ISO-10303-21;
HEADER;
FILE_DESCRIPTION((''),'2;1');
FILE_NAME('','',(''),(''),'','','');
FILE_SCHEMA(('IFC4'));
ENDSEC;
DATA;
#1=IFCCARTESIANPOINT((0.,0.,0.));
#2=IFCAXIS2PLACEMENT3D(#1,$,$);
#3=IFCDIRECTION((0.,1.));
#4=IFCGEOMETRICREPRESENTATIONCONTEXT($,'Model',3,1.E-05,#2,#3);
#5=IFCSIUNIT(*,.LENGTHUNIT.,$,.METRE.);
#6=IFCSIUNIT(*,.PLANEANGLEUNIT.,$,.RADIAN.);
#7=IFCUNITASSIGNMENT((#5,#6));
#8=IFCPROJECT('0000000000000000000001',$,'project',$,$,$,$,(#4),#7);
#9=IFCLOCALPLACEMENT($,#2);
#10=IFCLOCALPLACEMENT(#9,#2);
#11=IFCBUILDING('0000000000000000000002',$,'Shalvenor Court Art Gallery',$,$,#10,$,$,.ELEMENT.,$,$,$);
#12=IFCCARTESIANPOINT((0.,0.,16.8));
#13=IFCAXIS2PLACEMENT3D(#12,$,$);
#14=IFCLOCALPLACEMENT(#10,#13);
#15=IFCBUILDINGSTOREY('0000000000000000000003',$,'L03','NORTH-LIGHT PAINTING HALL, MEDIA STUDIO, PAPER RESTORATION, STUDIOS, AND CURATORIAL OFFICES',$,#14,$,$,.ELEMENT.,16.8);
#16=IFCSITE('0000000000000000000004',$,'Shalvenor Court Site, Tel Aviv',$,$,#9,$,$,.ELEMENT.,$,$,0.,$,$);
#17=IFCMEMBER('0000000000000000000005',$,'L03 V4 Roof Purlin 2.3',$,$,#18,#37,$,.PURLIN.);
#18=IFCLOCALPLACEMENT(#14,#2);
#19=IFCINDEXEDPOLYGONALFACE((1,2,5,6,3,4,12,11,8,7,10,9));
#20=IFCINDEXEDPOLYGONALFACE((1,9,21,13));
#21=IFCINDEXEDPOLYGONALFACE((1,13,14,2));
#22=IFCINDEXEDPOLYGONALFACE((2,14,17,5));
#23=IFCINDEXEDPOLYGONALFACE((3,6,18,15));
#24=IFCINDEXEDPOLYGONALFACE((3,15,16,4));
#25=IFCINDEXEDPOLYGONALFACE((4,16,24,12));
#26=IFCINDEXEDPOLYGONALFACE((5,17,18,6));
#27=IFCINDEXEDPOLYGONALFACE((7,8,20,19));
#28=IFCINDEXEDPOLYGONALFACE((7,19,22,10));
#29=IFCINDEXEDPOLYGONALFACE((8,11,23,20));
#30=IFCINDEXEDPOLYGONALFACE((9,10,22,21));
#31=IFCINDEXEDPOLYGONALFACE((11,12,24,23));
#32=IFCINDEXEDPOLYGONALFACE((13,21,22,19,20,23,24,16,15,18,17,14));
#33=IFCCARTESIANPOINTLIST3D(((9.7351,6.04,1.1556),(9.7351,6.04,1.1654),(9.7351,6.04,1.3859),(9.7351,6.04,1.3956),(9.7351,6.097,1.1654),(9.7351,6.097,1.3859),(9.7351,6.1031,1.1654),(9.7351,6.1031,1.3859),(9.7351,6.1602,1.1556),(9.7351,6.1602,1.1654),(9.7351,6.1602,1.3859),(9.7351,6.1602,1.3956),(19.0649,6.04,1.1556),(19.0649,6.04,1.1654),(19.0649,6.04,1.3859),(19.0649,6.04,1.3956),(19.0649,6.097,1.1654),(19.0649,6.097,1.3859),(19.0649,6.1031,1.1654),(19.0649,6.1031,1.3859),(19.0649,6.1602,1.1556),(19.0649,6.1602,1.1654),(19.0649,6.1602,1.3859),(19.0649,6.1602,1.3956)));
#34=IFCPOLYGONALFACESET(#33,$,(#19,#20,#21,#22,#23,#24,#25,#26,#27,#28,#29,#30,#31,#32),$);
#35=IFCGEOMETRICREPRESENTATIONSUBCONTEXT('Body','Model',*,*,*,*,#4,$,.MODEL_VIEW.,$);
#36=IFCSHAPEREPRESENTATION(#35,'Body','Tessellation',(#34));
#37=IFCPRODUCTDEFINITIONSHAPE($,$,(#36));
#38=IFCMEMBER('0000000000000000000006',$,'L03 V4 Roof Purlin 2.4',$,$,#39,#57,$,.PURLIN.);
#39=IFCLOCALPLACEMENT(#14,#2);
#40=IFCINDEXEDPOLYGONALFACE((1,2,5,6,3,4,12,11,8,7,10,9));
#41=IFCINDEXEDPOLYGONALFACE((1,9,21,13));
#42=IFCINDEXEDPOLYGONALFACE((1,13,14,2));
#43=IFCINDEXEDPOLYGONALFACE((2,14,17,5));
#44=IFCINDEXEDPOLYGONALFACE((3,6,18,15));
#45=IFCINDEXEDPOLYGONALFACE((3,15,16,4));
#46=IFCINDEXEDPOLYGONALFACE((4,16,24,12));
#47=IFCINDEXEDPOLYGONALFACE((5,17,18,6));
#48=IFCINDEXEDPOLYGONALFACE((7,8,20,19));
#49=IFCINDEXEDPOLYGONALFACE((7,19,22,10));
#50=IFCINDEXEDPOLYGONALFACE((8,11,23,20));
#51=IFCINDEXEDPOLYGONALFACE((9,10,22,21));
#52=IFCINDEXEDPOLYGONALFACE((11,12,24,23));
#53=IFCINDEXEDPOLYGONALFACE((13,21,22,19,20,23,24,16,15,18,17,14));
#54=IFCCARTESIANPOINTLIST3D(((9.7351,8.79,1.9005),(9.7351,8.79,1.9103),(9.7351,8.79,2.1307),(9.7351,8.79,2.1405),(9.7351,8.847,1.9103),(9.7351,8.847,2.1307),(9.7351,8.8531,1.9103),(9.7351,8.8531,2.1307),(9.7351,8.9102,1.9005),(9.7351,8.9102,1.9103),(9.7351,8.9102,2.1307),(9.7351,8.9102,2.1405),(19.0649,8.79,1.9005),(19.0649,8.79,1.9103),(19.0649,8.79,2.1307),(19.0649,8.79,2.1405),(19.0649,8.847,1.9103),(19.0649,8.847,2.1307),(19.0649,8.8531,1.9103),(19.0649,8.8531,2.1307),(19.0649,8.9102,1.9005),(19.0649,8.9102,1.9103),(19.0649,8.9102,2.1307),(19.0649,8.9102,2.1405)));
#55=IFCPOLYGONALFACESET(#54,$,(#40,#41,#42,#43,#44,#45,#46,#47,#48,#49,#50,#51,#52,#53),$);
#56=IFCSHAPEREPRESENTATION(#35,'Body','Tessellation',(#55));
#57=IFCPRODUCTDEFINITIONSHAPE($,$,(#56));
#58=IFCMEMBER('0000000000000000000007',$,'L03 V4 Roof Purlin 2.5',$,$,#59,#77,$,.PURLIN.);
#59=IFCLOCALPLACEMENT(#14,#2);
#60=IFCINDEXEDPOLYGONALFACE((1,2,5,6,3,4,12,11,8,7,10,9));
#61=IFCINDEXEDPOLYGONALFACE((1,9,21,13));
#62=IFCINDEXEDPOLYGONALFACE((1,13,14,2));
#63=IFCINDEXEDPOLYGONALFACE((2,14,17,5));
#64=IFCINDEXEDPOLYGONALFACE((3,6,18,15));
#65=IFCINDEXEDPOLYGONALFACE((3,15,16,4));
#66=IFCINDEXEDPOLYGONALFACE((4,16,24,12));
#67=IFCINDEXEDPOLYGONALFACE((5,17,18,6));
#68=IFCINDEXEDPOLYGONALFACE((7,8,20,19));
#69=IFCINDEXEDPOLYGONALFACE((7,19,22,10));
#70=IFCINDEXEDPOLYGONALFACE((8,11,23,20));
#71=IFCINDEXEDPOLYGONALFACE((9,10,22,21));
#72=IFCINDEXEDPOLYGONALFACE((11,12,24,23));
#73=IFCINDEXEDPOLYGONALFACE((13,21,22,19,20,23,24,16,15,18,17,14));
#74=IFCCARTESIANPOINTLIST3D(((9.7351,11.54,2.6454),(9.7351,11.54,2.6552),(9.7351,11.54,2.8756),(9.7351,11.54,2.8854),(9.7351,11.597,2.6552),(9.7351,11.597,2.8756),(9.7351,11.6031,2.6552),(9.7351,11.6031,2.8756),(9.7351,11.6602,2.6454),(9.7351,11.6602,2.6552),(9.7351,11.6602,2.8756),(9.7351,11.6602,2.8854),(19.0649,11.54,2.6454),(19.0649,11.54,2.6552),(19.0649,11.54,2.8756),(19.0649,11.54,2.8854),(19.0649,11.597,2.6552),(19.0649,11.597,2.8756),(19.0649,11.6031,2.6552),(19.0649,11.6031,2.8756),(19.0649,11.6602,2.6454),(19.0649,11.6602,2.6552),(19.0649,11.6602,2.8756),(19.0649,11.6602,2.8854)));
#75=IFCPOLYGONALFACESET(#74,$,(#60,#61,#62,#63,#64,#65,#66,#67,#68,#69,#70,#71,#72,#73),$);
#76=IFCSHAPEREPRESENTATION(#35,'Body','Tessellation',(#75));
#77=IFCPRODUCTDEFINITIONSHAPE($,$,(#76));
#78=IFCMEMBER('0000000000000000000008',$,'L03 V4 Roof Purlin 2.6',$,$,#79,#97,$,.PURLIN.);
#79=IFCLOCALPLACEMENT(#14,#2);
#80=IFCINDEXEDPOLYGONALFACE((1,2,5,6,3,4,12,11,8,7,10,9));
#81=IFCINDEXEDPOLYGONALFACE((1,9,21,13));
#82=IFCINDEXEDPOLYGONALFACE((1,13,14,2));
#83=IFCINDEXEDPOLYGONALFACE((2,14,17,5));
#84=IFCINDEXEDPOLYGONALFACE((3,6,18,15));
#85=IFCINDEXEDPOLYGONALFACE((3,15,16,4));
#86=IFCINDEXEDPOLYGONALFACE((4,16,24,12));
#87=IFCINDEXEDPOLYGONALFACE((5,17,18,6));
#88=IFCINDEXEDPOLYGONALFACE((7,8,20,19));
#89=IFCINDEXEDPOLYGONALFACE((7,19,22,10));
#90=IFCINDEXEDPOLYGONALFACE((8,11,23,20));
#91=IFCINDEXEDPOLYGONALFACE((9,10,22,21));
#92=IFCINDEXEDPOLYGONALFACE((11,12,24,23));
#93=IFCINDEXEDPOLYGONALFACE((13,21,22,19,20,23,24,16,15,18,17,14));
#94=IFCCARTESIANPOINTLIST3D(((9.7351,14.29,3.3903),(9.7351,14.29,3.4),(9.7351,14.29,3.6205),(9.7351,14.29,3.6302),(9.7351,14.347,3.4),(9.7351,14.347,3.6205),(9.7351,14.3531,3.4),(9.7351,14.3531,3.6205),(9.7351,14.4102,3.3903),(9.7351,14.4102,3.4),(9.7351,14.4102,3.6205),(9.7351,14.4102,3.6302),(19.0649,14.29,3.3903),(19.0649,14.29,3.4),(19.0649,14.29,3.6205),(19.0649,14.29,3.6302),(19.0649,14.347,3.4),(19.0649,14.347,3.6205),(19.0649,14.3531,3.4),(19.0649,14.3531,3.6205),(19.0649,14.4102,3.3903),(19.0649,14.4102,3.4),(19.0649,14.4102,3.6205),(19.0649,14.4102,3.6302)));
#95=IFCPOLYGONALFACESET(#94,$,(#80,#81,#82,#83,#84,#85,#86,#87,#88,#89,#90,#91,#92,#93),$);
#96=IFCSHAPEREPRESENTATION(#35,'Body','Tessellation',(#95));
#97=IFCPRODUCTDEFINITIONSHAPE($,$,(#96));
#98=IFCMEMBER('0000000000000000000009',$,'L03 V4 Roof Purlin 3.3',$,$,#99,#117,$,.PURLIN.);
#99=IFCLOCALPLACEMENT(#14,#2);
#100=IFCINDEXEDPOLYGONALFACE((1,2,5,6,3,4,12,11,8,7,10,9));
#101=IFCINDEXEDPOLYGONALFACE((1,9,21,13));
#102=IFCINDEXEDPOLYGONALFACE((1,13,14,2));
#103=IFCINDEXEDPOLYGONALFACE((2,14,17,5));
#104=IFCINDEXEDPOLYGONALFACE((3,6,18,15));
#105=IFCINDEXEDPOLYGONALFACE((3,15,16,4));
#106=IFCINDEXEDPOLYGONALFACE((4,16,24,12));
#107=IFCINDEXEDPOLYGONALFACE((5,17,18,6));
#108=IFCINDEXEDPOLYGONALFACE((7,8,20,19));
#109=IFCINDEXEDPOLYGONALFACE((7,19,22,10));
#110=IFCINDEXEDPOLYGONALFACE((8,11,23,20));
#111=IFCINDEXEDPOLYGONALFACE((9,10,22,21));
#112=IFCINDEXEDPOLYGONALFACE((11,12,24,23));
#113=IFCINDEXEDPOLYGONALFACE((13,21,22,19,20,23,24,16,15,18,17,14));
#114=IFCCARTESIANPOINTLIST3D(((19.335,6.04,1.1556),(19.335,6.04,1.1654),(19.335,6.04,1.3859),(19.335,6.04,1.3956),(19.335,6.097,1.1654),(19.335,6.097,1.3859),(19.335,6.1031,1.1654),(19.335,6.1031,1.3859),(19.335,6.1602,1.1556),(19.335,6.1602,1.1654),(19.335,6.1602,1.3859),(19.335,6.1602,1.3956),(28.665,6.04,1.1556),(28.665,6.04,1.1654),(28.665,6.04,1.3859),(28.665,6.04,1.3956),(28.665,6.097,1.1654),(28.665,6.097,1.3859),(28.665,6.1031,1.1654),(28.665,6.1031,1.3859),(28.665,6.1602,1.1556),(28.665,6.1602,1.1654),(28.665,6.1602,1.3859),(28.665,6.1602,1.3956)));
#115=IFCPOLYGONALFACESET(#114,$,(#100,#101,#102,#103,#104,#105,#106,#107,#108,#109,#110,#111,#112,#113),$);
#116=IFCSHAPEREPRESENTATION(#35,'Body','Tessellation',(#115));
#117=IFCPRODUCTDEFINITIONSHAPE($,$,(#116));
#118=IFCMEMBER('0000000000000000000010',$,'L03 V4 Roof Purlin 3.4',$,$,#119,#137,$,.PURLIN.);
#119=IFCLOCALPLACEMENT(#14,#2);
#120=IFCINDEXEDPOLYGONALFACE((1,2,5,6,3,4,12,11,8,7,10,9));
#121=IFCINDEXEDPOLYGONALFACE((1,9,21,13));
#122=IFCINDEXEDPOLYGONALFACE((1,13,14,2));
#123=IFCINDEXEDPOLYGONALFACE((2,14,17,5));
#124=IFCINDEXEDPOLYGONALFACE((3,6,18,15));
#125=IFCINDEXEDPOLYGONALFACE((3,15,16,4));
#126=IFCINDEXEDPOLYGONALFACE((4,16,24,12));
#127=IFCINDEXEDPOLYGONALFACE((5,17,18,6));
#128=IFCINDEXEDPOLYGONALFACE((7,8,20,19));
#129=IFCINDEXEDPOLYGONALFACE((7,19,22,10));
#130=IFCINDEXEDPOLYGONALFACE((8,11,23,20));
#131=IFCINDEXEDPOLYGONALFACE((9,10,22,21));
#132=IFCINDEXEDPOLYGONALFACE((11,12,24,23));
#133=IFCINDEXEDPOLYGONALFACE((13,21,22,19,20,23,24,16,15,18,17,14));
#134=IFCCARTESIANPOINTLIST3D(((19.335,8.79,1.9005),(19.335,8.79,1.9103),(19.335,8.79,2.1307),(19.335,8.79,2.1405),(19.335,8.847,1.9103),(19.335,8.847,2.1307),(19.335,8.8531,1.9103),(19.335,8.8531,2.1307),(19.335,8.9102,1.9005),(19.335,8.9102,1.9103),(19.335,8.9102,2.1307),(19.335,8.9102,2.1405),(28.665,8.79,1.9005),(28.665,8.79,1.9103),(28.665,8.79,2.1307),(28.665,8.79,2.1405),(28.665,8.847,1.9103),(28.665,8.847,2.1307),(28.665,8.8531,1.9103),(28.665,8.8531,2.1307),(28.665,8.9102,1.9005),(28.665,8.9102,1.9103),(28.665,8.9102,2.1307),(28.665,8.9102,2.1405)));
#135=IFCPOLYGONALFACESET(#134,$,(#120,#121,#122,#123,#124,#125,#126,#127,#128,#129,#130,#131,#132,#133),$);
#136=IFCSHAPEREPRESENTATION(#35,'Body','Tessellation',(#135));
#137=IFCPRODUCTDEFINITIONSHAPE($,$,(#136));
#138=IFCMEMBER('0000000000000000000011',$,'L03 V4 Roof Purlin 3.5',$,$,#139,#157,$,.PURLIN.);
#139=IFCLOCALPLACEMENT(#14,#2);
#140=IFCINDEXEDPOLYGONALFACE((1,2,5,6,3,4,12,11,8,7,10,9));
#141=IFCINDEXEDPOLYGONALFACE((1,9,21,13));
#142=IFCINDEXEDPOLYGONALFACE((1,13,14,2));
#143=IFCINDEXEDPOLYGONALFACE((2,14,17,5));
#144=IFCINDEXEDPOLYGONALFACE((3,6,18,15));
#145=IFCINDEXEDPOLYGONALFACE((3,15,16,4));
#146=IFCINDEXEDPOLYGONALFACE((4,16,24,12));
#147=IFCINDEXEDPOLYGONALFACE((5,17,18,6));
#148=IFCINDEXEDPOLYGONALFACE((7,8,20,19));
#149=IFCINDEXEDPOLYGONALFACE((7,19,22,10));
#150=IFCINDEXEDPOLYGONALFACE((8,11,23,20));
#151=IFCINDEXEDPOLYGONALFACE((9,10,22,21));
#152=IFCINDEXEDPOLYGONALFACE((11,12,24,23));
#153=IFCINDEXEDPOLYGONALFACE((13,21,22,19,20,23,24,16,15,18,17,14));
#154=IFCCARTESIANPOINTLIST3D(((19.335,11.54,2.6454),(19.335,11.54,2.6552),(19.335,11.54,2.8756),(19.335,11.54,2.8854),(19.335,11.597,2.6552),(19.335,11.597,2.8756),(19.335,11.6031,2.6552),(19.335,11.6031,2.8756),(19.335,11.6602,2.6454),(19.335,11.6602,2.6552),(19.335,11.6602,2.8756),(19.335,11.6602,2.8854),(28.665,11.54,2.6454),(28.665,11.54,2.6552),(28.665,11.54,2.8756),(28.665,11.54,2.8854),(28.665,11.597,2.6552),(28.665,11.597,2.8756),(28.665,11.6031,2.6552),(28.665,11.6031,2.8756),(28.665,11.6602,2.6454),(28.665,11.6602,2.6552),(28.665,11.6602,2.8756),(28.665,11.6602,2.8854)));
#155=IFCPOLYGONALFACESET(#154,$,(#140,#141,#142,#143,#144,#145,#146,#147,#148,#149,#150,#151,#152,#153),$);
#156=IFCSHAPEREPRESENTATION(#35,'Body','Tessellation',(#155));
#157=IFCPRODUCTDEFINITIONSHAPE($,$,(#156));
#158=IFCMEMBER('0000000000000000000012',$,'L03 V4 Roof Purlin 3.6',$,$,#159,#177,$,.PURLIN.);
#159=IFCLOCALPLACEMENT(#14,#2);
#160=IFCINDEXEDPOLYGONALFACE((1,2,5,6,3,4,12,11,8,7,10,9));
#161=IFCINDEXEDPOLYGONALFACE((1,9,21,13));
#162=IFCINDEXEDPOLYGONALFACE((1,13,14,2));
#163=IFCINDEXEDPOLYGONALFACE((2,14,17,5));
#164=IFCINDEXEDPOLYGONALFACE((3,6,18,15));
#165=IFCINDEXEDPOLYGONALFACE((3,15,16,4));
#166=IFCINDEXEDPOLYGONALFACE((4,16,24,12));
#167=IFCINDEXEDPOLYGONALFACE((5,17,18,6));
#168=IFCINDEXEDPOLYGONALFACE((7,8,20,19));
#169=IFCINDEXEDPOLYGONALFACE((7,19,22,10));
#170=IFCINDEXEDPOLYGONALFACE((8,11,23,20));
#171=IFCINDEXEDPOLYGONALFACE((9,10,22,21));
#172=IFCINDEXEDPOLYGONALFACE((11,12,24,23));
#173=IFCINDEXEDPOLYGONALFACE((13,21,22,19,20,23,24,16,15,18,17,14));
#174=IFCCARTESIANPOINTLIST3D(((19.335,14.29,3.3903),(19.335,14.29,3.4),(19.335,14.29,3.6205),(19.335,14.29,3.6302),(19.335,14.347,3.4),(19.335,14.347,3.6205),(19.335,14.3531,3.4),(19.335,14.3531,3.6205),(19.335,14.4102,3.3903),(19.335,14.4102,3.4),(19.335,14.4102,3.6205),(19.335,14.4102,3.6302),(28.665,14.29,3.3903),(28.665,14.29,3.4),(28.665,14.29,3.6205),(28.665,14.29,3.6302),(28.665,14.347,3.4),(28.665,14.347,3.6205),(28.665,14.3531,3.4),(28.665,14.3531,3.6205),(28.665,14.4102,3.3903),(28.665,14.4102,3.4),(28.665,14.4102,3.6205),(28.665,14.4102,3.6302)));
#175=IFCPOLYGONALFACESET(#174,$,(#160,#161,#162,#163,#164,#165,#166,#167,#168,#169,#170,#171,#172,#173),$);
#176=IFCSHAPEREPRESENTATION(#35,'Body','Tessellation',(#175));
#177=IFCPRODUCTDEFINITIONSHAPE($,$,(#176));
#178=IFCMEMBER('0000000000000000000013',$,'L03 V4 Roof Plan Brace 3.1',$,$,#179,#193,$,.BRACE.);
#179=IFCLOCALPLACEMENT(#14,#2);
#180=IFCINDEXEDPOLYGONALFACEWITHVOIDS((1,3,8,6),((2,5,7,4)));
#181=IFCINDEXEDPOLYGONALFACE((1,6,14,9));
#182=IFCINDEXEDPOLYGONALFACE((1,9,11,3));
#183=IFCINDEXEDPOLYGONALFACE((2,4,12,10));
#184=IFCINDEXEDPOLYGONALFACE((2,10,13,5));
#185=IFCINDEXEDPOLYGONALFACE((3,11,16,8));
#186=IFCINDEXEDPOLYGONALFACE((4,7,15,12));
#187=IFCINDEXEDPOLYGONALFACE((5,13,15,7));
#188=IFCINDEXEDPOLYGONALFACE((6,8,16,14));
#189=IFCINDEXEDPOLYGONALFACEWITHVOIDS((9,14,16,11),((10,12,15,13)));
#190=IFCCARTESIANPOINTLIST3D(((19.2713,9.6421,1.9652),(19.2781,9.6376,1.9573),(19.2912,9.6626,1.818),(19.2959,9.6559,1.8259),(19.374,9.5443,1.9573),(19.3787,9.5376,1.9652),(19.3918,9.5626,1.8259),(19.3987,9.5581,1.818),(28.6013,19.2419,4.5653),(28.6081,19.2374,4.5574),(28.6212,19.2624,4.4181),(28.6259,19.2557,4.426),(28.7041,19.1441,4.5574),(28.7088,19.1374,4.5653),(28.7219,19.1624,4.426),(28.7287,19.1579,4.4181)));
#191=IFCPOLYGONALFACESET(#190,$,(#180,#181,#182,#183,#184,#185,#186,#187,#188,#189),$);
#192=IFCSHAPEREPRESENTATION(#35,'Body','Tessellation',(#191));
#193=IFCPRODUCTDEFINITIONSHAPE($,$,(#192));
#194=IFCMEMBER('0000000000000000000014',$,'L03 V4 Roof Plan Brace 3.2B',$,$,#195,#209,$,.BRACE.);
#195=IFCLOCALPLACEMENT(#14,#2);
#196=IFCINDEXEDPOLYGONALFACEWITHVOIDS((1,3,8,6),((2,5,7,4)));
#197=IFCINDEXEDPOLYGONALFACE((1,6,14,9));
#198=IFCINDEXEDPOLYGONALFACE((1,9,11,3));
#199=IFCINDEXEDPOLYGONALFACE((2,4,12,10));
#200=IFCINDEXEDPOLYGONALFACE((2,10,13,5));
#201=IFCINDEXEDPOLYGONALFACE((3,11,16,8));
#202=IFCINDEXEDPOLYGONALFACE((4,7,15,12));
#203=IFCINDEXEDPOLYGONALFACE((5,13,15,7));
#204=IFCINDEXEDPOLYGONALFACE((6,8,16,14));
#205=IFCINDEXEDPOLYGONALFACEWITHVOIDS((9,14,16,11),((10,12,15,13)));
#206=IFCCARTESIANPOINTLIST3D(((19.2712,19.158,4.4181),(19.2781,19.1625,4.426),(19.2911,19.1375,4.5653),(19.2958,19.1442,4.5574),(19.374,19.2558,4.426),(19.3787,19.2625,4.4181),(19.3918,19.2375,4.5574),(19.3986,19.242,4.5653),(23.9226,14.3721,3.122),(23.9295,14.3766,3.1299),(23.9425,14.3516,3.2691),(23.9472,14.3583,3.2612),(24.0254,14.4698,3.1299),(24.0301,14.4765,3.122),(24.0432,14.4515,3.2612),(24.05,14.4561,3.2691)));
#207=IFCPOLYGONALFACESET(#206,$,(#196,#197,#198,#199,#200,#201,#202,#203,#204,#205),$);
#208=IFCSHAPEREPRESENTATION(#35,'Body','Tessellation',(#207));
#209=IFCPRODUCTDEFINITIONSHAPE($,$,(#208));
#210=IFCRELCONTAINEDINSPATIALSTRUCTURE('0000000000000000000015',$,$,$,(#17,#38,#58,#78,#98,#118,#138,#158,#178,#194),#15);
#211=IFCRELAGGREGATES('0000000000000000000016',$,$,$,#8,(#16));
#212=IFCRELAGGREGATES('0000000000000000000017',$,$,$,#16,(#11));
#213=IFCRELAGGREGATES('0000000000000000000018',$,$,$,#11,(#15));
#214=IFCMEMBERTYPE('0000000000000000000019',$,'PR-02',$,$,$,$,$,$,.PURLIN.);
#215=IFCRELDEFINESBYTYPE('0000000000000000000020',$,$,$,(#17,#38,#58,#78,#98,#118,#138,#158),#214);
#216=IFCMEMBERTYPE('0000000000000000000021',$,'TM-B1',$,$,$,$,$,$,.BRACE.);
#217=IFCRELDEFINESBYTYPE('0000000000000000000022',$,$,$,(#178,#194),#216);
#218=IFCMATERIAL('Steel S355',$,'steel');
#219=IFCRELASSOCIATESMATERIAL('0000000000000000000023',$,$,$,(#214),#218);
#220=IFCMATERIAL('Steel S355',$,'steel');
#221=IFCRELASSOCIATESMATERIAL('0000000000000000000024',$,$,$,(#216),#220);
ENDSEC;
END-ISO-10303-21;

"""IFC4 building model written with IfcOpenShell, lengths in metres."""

from ifc_helpers import new_model, si_unit, direction, frame, origin, origin_2d, place, context, subcontext, project, spatial, hollow_rectangle, i_section, extrude, material, material_profile, profile_set, type_object, element, save


model = new_model("IFC4")

# Units and contexts
model_context = context("Model", 3, precision=1e-05, world=origin(), true_north=direction((0.0, 1.0)))
body_context = subcontext(model_context, "Body", "Model", "MODEL_VIEW")
ifc_project = project(units=[si_unit("LENGTHUNIT", "METRE"), si_unit("PLANEANGLEUNIT", "RADIAN")], contexts=[model_context])

# Site, building, storey
site_placement = place(None, origin())
site = spatial("IfcSite", under=ifc_project, at=site_placement, Name="Shalvenor Court Site, Tel Aviv", CompositionType="ELEMENT", RefElevation=0.0)
building_placement = place(site_placement, origin())
building = spatial("IfcBuilding", under=site, at=building_placement, Name="Shalvenor Court Art Gallery", CompositionType="ELEMENT")
storey_placement = place(building_placement, frame((0.0, 0.0, 16.8)))
storey = spatial("IfcBuildingStorey", under=building, at=storey_placement, Name="L03", Description="NORTH-LIGHT PAINTING HALL, MEDIA STUDIO, PAPER RESTORATION, STUDIOS, AND CURATORIAL OFFICES", CompositionType="ELEMENT", Elevation=16.8)

# Members
ifc_material_1 = material(Name="Steel S355", Category="steel")
ifc_material_profile_1 = material_profile(ifc_material_1, i_section(OverallWidth=0.1201, OverallDepth=0.24, WebThickness=0.0061, FlangeThickness=0.0098, at=origin_2d()), Name="IPE 240")
ifc_profile_set_1 = profile_set([ifc_material_profile_1], Name="Steel S355")
member_type_1 = type_object("IfcMemberType", Name="PR-02", PredefinedType="PURLIN", material=ifc_profile_set_1)
for number, where, z_axis, x_axis, name in (
    (1, (9.7351, 6.1001, 1.2756), (1.0, 0.0, 0.0), (0.0, 1.0, 0.0), "L03 V4 Roof Purlin 2.3"),
    (2, (9.7351, 8.8501, 2.0205), (1.0, 0.0, 0.0), (0.0, 1.0, 0.0), "L03 V4 Roof Purlin 2.4"),
    (3, (9.7351, 11.6001, 2.7654), (1.0, 0.0, 0.0), (0.0, 1.0, 0.0), "L03 V4 Roof Purlin 2.5"),
    (4, (9.7351, 14.3501, 3.5103), (1.0, 0.0, 0.0), (0.0, 1.0, 0.0), "L03 V4 Roof Purlin 2.6"),
):
    element("IfcMember", number, at=place(storey_placement, frame(where, z_axis=z_axis, x_axis=x_axis)), inside=storey, type_object=member_type_1, Name=name, PredefinedType="PURLIN", context=body_context, shape_type="SweptSolid", body=[
        extrude(i_section(OverallWidth=0.1201, OverallDepth=0.24, WebThickness=0.0061, FlangeThickness=0.0098, at=origin_2d()), origin(), (0.0, 0.0, 1.0), 9.3298),
    ])
for number, where, z_axis, x_axis, name in (
    (5, (19.335, 6.1001, 1.2756), (1.0, 0.0, 0.0), (0.0, 1.0, 0.0), "L03 V4 Roof Purlin 3.3"),
    (6, (19.335, 8.8501, 2.0205), (1.0, 0.0, 0.0), (0.0, 1.0, 0.0), "L03 V4 Roof Purlin 3.4"),
    (7, (19.335, 11.6001, 2.7654), (1.0, 0.0, 0.0), (0.0, 1.0, 0.0), "L03 V4 Roof Purlin 3.5"),
    (8, (19.335, 14.3501, 3.5103), (1.0, 0.0, 0.0), (0.0, 1.0, 0.0), "L03 V4 Roof Purlin 3.6"),
):
    element("IfcMember", number, at=place(storey_placement, frame(where, z_axis=z_axis, x_axis=x_axis)), inside=storey, type_object=member_type_1, Name=name, PredefinedType="PURLIN", context=body_context, shape_type="SweptSolid", body=[
        extrude(i_section(OverallWidth=0.1201, OverallDepth=0.24, WebThickness=0.0061, FlangeThickness=0.0098, at=origin_2d()), origin(), (0.0, 0.0, 1.0), 9.3301),
    ])
ifc_material_2 = material(Name="Steel S355", Category="steel")
ifc_material_profile_2 = material_profile(ifc_material_2, hollow_rectangle(XDim=0.1499, YDim=0.1499, WallThickness=0.0081, at=origin_2d()), Name="SHS 150x150x8.0")
ifc_profile_set_2 = profile_set([ifc_material_profile_2], Name="Steel S355")
member_type_2 = type_object("IfcMemberType", Name="TM-B1", PredefinedType="BRACE", material=ifc_profile_set_2)
member_1_placement = place(storey_placement, frame((19.335, 9.6001, 1.8916), z_axis=(0.684173, 0.703956, 0.190665), x_axis=(-0.717111, 0.696959, 0.0)))
element("IfcMember", 9, at=member_1_placement, inside=storey, type_object=member_type_2, Name="L03 V4 Roof Plan Brace 3.1", PredefinedType="BRACE", context=body_context, shape_type="SweptSolid", body=[
    extrude(hollow_rectangle(XDim=0.1499, YDim=0.1499, WallThickness=0.0081, at=origin_2d()), origin(), (0.0, 0.0, 1.0), 13.637),
])
member_2_placement = place(storey_placement, frame((23.9863, 14.4141, 3.1956), z_axis=(-0.684173, 0.70396, 0.190651), x_axis=(-0.717113, -0.696957, 0.0)))
element("IfcMember", 10, at=member_2_placement, inside=storey, type_object=member_type_2, Name="L03 V4 Roof Plan Brace 3.2B", PredefinedType="BRACE", context=body_context, shape_type="SweptSolid", body=[
    extrude(hollow_rectangle(XDim=0.1499, YDim=0.1499, WallThickness=0.0081, at=origin_2d()), origin(), (0.0, 0.0, 1.0), 6.7986),
])

save(model, "model.ifc")
